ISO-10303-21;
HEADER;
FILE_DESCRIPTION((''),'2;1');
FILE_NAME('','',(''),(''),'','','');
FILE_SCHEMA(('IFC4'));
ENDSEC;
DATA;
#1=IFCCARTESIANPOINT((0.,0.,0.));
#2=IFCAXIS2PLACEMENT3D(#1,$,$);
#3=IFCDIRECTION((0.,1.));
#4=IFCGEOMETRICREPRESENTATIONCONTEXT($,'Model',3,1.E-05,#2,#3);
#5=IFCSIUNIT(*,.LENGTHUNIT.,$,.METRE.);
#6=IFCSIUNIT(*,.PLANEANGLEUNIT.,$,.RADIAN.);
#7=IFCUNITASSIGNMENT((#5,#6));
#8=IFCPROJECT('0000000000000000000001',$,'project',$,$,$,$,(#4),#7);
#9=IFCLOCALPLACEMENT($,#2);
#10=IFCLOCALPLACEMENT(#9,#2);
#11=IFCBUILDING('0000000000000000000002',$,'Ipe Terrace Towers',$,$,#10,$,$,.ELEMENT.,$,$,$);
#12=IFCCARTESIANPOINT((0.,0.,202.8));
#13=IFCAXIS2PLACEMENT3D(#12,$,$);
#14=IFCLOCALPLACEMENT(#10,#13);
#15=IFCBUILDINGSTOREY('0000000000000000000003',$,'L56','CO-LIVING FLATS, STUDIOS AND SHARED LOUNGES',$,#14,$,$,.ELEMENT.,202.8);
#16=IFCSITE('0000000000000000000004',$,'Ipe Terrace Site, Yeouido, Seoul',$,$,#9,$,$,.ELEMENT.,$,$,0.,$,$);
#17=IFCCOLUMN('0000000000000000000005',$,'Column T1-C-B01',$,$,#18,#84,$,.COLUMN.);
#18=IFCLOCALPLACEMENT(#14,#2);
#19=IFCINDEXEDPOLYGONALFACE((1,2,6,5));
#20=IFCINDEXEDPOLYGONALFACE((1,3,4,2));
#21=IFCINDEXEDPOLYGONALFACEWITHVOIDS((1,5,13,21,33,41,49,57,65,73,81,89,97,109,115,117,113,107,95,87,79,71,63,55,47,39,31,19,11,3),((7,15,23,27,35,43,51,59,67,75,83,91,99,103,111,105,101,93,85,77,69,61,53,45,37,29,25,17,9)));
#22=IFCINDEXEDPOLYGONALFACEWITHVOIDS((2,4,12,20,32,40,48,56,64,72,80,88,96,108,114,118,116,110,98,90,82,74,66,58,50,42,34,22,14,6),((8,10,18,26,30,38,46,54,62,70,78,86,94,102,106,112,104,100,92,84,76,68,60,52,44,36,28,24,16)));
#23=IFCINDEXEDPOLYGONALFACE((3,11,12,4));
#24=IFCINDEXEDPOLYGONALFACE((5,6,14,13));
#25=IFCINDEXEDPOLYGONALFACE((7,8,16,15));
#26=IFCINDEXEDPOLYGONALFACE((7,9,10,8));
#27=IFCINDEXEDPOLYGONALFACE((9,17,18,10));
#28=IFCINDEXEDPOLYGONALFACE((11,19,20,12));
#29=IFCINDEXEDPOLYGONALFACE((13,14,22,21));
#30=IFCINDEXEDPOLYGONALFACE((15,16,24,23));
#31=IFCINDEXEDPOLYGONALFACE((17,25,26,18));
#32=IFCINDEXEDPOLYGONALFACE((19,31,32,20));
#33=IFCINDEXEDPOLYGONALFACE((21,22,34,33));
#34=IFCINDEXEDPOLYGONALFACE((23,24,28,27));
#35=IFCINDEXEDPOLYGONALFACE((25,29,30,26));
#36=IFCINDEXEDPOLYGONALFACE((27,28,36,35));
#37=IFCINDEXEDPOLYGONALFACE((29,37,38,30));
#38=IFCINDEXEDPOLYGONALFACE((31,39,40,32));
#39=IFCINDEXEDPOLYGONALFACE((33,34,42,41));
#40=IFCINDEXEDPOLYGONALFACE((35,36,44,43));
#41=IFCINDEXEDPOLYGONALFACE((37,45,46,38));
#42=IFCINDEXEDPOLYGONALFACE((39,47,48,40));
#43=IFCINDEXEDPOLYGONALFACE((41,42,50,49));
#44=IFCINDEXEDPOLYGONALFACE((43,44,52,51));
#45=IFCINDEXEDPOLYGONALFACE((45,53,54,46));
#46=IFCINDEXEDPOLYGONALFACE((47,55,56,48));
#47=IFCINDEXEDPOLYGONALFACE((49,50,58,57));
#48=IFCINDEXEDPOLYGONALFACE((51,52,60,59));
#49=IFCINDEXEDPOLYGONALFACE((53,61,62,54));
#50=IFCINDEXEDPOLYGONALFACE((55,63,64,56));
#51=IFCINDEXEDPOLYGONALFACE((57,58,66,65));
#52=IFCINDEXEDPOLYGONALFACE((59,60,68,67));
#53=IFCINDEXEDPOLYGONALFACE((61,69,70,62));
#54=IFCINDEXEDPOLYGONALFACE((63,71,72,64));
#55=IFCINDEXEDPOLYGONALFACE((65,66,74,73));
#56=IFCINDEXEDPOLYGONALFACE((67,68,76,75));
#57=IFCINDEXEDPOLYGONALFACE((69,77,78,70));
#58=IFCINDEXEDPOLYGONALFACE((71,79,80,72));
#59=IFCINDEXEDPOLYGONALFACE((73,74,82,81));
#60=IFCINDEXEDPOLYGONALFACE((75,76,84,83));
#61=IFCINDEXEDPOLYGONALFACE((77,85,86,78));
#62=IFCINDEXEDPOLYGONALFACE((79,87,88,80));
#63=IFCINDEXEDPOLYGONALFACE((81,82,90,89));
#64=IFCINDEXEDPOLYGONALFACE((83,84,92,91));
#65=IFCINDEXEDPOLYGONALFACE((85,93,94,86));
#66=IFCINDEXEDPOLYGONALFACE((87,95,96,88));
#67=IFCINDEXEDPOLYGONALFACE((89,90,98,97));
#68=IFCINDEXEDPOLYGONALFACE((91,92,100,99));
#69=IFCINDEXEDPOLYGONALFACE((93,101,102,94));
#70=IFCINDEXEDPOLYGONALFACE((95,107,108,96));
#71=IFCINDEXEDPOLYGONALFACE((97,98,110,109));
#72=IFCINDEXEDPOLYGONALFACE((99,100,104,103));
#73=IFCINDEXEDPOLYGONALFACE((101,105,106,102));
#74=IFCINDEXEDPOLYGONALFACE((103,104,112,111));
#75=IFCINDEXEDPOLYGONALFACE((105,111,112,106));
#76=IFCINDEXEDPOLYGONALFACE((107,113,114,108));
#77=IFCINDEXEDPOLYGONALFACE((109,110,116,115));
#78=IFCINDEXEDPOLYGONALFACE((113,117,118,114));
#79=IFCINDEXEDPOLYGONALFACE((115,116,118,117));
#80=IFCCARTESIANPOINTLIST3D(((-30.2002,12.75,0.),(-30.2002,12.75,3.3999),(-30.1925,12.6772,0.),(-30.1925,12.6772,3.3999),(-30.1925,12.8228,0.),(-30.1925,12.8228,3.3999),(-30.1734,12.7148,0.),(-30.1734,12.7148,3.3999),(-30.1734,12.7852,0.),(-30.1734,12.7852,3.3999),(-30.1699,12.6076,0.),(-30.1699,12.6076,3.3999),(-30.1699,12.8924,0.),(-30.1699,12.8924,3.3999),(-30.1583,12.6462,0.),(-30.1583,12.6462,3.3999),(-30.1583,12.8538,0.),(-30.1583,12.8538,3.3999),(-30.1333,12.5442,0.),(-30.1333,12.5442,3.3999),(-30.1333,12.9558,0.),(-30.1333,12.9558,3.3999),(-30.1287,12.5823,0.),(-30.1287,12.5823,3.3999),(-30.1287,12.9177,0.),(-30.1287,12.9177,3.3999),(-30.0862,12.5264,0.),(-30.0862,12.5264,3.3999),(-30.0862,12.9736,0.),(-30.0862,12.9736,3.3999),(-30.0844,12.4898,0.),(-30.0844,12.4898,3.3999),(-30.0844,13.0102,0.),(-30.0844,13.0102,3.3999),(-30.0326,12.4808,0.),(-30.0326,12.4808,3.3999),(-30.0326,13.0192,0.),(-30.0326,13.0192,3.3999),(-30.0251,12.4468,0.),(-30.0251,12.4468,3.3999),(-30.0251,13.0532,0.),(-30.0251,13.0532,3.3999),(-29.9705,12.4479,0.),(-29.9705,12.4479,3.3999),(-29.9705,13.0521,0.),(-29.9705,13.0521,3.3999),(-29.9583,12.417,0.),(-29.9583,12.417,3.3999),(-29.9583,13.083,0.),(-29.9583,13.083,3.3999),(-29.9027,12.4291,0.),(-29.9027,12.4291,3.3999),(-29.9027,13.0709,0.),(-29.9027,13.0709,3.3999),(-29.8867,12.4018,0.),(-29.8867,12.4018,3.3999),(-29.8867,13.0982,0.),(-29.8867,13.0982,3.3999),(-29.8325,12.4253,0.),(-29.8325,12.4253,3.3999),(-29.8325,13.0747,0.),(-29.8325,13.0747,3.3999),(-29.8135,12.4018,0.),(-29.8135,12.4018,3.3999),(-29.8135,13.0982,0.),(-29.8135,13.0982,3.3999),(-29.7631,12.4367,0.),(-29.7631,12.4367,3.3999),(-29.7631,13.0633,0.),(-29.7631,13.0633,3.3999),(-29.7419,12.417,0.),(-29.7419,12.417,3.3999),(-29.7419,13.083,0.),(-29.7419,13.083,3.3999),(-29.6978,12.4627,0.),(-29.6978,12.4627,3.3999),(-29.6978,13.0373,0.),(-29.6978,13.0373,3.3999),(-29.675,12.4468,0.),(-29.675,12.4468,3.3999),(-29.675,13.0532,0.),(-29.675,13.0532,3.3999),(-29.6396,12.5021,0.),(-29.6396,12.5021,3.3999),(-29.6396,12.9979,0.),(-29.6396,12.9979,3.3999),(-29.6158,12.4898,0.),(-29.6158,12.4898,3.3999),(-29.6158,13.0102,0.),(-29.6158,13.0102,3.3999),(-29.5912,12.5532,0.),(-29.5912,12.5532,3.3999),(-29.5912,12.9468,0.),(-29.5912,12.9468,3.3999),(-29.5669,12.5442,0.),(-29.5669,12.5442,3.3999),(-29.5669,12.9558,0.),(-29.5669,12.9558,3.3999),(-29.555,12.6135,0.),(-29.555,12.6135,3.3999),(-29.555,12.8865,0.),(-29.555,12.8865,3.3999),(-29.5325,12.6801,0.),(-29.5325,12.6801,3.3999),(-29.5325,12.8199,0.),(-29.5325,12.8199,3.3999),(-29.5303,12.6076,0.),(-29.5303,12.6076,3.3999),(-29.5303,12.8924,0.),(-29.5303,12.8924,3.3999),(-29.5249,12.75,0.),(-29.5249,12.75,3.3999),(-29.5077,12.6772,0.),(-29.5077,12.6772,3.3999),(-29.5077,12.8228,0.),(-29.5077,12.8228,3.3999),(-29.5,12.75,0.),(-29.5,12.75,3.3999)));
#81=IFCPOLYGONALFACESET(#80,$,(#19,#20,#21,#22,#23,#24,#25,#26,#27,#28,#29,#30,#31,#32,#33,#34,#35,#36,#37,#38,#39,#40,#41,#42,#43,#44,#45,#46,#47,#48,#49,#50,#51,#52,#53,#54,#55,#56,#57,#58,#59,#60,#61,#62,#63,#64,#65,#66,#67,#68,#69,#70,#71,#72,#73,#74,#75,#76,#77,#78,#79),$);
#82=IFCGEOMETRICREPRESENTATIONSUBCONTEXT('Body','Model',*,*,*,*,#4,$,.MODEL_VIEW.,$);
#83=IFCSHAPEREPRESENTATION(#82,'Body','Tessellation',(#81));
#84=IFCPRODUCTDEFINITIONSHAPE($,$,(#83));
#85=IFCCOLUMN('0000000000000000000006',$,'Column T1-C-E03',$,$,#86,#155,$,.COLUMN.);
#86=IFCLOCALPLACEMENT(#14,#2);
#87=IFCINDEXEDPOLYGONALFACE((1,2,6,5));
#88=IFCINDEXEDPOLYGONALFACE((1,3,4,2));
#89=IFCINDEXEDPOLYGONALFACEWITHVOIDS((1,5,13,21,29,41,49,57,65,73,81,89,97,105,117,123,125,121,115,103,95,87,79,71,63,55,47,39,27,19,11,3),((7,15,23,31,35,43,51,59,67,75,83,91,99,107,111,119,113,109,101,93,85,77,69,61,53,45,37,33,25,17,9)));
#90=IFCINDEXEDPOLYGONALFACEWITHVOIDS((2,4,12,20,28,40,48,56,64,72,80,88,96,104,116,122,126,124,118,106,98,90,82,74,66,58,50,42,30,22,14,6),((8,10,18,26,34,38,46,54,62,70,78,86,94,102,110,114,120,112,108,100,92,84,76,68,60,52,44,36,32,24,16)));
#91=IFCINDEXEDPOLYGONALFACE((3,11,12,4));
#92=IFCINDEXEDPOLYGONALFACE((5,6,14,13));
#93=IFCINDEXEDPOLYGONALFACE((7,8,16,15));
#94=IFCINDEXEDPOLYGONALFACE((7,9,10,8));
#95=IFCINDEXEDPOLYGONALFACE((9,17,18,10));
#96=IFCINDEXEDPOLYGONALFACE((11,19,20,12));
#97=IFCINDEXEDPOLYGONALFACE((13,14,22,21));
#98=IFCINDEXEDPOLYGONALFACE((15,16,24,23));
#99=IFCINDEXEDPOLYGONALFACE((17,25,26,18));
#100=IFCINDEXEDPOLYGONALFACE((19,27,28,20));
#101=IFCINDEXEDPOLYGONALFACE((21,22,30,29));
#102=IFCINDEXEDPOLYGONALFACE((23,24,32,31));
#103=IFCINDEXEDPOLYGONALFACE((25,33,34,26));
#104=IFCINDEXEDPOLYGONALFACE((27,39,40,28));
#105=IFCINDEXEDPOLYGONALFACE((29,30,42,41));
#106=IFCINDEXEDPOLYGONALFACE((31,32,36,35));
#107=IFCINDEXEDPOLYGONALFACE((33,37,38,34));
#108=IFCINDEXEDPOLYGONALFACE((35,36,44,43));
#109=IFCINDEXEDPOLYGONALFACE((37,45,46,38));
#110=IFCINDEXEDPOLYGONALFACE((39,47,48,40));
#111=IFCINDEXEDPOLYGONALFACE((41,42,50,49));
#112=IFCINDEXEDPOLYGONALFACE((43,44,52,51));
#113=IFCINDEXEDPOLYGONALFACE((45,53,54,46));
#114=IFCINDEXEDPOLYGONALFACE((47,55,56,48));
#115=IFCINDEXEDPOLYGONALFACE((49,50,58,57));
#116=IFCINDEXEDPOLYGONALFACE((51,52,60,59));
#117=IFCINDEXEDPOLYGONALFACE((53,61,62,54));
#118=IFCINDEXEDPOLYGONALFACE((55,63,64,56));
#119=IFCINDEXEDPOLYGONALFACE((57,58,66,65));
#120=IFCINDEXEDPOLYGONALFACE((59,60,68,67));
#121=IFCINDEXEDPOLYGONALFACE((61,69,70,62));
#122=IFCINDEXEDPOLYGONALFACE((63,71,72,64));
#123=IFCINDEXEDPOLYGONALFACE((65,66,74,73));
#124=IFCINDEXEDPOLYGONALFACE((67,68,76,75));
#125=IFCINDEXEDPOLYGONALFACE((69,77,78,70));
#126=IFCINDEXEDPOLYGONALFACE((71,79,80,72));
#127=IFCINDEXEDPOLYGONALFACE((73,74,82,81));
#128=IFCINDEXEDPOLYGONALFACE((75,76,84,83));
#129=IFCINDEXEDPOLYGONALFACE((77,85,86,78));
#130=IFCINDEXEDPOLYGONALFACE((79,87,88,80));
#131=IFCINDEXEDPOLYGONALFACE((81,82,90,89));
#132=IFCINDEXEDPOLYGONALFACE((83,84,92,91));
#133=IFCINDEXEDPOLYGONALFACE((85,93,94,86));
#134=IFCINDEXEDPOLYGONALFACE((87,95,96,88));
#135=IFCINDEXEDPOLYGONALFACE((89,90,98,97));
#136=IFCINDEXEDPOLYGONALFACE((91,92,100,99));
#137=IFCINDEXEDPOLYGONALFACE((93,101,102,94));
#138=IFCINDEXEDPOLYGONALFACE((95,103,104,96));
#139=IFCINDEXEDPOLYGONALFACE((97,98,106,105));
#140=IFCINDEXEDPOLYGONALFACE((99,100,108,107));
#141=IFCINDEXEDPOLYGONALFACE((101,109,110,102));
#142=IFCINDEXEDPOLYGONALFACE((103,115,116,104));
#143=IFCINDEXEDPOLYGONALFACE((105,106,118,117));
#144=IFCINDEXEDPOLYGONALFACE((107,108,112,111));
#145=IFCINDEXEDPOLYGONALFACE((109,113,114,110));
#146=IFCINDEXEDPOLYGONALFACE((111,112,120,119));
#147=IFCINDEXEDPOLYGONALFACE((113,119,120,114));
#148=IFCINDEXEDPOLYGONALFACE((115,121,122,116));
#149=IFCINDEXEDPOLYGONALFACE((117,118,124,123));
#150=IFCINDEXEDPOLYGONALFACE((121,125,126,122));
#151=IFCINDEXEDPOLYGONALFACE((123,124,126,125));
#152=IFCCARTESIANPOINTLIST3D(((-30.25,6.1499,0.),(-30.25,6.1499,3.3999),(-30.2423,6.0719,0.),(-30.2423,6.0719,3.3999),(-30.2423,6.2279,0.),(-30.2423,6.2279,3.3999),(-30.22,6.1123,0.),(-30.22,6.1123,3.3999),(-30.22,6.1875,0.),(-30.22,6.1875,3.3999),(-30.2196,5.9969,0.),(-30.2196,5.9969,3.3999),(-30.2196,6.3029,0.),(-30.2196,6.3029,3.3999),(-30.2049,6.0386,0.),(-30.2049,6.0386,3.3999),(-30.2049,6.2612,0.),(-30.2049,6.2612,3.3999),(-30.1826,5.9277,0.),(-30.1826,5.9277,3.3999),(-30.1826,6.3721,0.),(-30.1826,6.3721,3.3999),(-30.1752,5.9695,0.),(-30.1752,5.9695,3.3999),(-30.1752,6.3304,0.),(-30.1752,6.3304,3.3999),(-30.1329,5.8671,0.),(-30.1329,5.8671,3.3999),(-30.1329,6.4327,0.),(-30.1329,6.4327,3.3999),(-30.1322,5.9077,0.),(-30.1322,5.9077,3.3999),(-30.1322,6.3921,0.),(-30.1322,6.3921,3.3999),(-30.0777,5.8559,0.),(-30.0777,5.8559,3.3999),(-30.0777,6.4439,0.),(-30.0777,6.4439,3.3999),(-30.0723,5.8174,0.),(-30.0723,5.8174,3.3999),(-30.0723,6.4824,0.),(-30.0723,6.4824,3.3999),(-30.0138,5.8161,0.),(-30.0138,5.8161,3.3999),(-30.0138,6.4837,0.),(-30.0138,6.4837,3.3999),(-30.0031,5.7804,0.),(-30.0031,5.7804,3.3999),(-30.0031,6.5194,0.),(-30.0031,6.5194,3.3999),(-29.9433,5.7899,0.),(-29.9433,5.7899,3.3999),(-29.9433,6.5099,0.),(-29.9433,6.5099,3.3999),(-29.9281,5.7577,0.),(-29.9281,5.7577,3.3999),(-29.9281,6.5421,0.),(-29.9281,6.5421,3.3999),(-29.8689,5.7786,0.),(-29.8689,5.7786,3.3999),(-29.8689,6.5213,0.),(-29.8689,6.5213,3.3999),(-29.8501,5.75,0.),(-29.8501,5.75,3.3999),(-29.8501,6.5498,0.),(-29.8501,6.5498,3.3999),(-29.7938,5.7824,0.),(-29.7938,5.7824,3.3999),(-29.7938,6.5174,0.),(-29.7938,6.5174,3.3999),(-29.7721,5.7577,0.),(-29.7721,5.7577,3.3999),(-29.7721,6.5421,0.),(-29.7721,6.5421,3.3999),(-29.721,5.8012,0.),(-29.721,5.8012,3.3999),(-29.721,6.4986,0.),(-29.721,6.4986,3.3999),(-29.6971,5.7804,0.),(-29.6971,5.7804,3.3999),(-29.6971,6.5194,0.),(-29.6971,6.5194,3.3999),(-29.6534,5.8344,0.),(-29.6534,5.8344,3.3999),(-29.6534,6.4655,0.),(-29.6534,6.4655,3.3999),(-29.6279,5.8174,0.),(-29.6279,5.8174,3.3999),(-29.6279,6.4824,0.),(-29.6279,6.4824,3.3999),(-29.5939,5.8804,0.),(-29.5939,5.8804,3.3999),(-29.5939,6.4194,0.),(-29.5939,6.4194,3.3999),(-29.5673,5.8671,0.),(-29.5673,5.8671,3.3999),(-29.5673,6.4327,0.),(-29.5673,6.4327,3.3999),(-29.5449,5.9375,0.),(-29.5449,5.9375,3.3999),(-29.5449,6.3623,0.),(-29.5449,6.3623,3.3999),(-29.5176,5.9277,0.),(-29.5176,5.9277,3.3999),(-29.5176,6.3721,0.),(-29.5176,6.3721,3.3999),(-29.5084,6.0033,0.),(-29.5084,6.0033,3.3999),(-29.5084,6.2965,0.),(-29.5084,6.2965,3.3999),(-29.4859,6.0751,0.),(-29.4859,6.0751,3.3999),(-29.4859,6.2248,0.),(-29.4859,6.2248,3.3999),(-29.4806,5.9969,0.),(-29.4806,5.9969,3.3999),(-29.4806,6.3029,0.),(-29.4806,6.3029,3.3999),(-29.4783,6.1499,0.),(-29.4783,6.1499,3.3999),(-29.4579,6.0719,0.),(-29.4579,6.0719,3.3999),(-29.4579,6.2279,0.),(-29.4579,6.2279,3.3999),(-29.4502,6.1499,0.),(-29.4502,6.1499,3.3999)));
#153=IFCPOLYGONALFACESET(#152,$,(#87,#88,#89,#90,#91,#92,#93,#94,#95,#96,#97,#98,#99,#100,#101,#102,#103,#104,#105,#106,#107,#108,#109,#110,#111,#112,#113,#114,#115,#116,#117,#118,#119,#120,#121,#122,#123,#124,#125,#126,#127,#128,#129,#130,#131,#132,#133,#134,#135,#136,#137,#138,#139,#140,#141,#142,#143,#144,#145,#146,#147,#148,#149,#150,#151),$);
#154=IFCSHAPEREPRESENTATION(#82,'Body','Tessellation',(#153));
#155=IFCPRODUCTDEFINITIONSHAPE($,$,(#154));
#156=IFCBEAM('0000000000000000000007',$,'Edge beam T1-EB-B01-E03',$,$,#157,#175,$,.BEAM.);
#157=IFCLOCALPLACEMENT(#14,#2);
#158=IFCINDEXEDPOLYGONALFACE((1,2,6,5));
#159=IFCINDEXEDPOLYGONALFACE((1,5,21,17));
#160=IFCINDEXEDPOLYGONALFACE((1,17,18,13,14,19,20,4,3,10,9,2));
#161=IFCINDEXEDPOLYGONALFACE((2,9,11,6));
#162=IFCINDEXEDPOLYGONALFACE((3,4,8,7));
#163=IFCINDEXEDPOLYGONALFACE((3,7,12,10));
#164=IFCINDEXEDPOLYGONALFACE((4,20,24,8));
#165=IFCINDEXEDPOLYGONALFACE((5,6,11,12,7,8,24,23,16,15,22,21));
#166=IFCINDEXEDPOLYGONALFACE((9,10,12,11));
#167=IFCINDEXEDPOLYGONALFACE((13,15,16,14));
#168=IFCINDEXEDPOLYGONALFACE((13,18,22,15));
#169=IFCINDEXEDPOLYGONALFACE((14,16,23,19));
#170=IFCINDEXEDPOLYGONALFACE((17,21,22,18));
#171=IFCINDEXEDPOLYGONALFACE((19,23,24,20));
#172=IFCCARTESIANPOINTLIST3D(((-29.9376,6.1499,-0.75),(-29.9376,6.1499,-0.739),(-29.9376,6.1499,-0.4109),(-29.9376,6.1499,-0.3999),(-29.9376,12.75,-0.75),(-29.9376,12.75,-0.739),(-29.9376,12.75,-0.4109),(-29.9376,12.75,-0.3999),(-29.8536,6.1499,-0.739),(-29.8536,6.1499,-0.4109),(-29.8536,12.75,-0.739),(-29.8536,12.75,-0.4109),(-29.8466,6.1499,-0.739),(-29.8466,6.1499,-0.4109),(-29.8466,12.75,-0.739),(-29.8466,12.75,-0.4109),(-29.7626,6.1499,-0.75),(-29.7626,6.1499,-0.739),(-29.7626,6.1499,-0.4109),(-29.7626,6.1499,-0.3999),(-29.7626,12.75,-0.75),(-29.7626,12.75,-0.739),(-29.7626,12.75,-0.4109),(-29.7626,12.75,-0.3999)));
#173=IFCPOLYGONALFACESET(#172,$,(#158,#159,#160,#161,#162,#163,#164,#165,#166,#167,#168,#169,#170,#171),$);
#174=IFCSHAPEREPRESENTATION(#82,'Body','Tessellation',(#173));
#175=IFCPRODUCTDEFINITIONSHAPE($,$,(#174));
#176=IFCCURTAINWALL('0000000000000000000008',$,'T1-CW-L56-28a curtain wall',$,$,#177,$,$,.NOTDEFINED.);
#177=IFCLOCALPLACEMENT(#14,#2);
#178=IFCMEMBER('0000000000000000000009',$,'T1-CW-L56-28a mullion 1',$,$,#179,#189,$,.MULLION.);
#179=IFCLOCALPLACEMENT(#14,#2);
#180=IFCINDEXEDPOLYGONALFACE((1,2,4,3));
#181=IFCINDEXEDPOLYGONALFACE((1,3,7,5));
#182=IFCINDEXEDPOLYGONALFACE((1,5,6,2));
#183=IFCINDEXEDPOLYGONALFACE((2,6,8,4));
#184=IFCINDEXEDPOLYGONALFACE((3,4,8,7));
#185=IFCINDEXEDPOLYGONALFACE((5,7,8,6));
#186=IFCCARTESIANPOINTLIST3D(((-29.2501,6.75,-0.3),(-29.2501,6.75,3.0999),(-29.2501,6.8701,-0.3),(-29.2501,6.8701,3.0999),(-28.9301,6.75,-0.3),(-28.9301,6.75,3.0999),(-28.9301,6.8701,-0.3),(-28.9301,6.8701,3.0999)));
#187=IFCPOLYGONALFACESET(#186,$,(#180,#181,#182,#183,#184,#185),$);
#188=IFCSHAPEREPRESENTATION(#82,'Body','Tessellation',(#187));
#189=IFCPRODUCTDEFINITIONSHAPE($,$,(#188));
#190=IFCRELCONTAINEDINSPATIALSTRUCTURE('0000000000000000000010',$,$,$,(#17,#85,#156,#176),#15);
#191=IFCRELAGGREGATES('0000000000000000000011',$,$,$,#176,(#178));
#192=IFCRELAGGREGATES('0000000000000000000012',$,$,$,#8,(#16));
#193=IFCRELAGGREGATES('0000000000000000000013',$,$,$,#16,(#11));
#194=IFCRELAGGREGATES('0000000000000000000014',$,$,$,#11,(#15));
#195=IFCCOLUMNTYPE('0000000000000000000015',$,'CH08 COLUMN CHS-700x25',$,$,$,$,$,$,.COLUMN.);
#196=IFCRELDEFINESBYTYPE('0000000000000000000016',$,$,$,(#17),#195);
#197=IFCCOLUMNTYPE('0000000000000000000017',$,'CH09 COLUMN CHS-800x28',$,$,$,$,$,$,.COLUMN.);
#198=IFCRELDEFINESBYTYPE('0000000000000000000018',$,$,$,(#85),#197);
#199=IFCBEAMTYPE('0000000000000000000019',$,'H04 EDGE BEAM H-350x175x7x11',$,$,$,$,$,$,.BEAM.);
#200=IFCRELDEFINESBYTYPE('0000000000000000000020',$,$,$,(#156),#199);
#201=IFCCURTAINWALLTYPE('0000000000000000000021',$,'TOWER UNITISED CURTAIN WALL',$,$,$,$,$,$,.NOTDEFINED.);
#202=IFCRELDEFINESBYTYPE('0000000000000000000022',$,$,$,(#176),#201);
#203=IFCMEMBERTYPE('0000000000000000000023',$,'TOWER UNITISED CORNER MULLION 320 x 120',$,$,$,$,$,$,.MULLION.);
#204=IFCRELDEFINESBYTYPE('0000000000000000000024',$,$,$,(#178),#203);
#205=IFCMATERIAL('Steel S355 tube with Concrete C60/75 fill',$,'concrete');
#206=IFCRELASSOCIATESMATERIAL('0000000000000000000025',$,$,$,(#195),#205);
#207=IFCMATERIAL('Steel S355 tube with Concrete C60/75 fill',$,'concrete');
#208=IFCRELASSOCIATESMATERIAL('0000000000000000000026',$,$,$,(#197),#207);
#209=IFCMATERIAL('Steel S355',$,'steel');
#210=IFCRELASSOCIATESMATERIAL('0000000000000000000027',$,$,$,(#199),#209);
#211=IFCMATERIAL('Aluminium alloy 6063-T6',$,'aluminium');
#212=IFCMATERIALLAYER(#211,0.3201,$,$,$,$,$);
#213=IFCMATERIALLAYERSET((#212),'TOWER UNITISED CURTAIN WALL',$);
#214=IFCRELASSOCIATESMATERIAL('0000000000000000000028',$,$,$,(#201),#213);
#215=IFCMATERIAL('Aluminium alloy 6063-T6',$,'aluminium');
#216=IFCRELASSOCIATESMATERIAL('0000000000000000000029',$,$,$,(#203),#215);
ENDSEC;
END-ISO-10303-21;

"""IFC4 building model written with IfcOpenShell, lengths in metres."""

from ifc_helpers import new_model, si_unit, direction, frame, origin, origin_2d, place, context, subcontext, project, spatial, rectangle, hollow_circle, i_section, extrude, material, layer, layer_set, material_profile, profile_set, type_object, element, aggregate, save


model = new_model("IFC4")

# Units and contexts
model_context = context("Model", 3, precision=1e-05, world=origin(), true_north=direction((0.0, 1.0)))
body_context = subcontext(model_context, "Body", "Model", "MODEL_VIEW")
ifc_project = project(units=[si_unit("LENGTHUNIT", "METRE"), si_unit("PLANEANGLEUNIT", "RADIAN")], contexts=[model_context])

# Site, building, storey
site_placement = place(None, origin())
site = spatial("IfcSite", under=ifc_project, at=site_placement, Name="Ipe Terrace Site, Yeouido, Seoul", CompositionType="ELEMENT", RefElevation=0.0)
building_placement = place(site_placement, origin())
building = spatial("IfcBuilding", under=site, at=building_placement, Name="Ipe Terrace Towers", CompositionType="ELEMENT")
storey_placement = place(building_placement, frame((0.0, 0.0, 202.8)))
storey = spatial("IfcBuildingStorey", under=building, at=storey_placement, Name="L56", Description="CO-LIVING FLATS, STUDIOS AND SHARED LOUNGES", CompositionType="ELEMENT", Elevation=202.8)

# Columns
ifc_material_1 = material(Name="Steel S355 tube with Concrete C60/75 fill", Category="concrete")
ifc_material_profile_1 = material_profile(ifc_material_1, hollow_circle(Radius=0.3501, WallThickness=0.0249, at=origin_2d()), Name="CHS-700x25")
ifc_profile_set_1 = profile_set([ifc_material_profile_1], Name="Steel S355 tube with Concrete C60/75 fill")
column_type_1 = type_object("IfcColumnType", Name="CH08 COLUMN CHS-700x25", PredefinedType="COLUMN", material=ifc_profile_set_1)
column_1_placement = place(storey_placement, frame((-29.8501, 12.75, 0.0), z_axis=(0.0, 0.0, 1.0), x_axis=(1.0, 0.0, 0.0)))
element("IfcColumn", 1, at=column_1_placement, inside=storey, type_object=column_type_1, Name="Column T1-C-B01", PredefinedType="COLUMN", context=body_context, shape_type="SweptSolid", body=[
    extrude(hollow_circle(Radius=0.3501, WallThickness=0.0249, at=origin_2d()), origin(), (0.0, 0.0, 1.0), 3.3999),
])
ifc_material_2 = material(Name="Steel S355 tube with Concrete C60/75 fill", Category="concrete")
ifc_material_profile_2 = material_profile(ifc_material_2, hollow_circle(Radius=0.3999, WallThickness=0.0281, at=origin_2d()), Name="CHS-800x28")
ifc_profile_set_2 = profile_set([ifc_material_profile_2], Name="Steel S355 tube with Concrete C60/75 fill")
column_type_2 = type_object("IfcColumnType", Name="CH09 COLUMN CHS-800x28", PredefinedType="COLUMN", material=ifc_profile_set_2)
column_2_placement = place(storey_placement, frame((-29.8501, 6.1499, 0.0), z_axis=(0.0, 0.0, 1.0), x_axis=(1.0, 0.0, 0.0)))
element("IfcColumn", 2, at=column_2_placement, inside=storey, type_object=column_type_2, Name="Column T1-C-E03", PredefinedType="COLUMN", context=body_context, shape_type="SweptSolid", body=[
    extrude(hollow_circle(Radius=0.3999, WallThickness=0.0281, at=origin_2d()), origin(), (0.0, 0.0, 1.0), 3.3999),
])

# Beam
ifc_material_3 = material(Name="Steel S355", Category="steel")
ifc_material_profile_3 = material_profile(ifc_material_3, i_section(OverallWidth=0.175, OverallDepth=0.3501, WebThickness=0.0071, FlangeThickness=0.011, at=origin_2d()), Name="H-350x175x7x11")
ifc_profile_set_3 = profile_set([ifc_material_profile_3], Name="Steel S355")
beam_type = type_object("IfcBeamType", Name="H04 EDGE BEAM H-350x175x7x11", PredefinedType="BEAM", material=ifc_profile_set_3)
beam_placement = place(storey_placement, frame((-29.8501, 12.75, -0.575), z_axis=(0.0, -1.0, 0.0), x_axis=(1.0, 0.0, 0.0)))
element("IfcBeam", 3, at=beam_placement, inside=storey, type_object=beam_type, Name="Edge beam T1-EB-B01-E03", PredefinedType="BEAM", context=body_context, shape_type="SweptSolid", body=[
    extrude(i_section(OverallWidth=0.175, OverallDepth=0.3501, WebThickness=0.0071, FlangeThickness=0.011, at=origin_2d()), origin(), (0.0, 0.0, 1.0), 6.6001),
])

# Curtain wall, member
ifc_material_4 = material(Name="Aluminium alloy 6063-T6", Category="aluminium")
ifc_layer_1 = layer(ifc_material_4, 0.3201)
ifc_layer_set_1 = layer_set([ifc_layer_1], Name="TOWER UNITISED CURTAIN WALL")
curtain_wall_type = type_object("IfcCurtainWallType", Name="TOWER UNITISED CURTAIN WALL", PredefinedType="NOTDEFINED", material=ifc_layer_set_1)
curtain_wall_placement = place(storey_placement, origin())
curtain_wall = element("IfcCurtainWall", 4, at=curtain_wall_placement, inside=storey, type_object=curtain_wall_type, Name="T1-CW-L56-28a curtain wall", PredefinedType="NOTDEFINED")
ifc_material_5 = material(Name="Aluminium alloy 6063-T6", Category="aluminium")
ifc_material_profile_4 = material_profile(ifc_material_5, rectangle(XDim=0.3201, YDim=0.1201, at=origin_2d()), Name="TOWER UNITISED CORNER MULLION 320 x 120")
ifc_profile_set_4 = profile_set([ifc_material_profile_4], Name="Aluminium alloy 6063-T6")
member_type = type_object("IfcMemberType", Name="TOWER UNITISED CORNER MULLION 320 x 120", PredefinedType="MULLION", material=ifc_profile_set_4)
member_1_placement = place(storey_placement, frame((-29.0901, 6.8101, -0.3), z_axis=(0.0, 0.0, 1.0), x_axis=(1.0, 0.0, 0.0)))
member_1 = element("IfcMember", 5, at=member_1_placement, type_object=member_type, Name="T1-CW-L56-28a mullion 1", PredefinedType="MULLION", context=body_context, shape_type="SweptSolid", body=[
    extrude(rectangle(XDim=0.3201, YDim=0.1201, at=origin_2d()), origin(), (0.0, 0.0, 1.0), 3.3999),
])
aggregate(curtain_wall, [member_1])

save(model, "model.ifc")
